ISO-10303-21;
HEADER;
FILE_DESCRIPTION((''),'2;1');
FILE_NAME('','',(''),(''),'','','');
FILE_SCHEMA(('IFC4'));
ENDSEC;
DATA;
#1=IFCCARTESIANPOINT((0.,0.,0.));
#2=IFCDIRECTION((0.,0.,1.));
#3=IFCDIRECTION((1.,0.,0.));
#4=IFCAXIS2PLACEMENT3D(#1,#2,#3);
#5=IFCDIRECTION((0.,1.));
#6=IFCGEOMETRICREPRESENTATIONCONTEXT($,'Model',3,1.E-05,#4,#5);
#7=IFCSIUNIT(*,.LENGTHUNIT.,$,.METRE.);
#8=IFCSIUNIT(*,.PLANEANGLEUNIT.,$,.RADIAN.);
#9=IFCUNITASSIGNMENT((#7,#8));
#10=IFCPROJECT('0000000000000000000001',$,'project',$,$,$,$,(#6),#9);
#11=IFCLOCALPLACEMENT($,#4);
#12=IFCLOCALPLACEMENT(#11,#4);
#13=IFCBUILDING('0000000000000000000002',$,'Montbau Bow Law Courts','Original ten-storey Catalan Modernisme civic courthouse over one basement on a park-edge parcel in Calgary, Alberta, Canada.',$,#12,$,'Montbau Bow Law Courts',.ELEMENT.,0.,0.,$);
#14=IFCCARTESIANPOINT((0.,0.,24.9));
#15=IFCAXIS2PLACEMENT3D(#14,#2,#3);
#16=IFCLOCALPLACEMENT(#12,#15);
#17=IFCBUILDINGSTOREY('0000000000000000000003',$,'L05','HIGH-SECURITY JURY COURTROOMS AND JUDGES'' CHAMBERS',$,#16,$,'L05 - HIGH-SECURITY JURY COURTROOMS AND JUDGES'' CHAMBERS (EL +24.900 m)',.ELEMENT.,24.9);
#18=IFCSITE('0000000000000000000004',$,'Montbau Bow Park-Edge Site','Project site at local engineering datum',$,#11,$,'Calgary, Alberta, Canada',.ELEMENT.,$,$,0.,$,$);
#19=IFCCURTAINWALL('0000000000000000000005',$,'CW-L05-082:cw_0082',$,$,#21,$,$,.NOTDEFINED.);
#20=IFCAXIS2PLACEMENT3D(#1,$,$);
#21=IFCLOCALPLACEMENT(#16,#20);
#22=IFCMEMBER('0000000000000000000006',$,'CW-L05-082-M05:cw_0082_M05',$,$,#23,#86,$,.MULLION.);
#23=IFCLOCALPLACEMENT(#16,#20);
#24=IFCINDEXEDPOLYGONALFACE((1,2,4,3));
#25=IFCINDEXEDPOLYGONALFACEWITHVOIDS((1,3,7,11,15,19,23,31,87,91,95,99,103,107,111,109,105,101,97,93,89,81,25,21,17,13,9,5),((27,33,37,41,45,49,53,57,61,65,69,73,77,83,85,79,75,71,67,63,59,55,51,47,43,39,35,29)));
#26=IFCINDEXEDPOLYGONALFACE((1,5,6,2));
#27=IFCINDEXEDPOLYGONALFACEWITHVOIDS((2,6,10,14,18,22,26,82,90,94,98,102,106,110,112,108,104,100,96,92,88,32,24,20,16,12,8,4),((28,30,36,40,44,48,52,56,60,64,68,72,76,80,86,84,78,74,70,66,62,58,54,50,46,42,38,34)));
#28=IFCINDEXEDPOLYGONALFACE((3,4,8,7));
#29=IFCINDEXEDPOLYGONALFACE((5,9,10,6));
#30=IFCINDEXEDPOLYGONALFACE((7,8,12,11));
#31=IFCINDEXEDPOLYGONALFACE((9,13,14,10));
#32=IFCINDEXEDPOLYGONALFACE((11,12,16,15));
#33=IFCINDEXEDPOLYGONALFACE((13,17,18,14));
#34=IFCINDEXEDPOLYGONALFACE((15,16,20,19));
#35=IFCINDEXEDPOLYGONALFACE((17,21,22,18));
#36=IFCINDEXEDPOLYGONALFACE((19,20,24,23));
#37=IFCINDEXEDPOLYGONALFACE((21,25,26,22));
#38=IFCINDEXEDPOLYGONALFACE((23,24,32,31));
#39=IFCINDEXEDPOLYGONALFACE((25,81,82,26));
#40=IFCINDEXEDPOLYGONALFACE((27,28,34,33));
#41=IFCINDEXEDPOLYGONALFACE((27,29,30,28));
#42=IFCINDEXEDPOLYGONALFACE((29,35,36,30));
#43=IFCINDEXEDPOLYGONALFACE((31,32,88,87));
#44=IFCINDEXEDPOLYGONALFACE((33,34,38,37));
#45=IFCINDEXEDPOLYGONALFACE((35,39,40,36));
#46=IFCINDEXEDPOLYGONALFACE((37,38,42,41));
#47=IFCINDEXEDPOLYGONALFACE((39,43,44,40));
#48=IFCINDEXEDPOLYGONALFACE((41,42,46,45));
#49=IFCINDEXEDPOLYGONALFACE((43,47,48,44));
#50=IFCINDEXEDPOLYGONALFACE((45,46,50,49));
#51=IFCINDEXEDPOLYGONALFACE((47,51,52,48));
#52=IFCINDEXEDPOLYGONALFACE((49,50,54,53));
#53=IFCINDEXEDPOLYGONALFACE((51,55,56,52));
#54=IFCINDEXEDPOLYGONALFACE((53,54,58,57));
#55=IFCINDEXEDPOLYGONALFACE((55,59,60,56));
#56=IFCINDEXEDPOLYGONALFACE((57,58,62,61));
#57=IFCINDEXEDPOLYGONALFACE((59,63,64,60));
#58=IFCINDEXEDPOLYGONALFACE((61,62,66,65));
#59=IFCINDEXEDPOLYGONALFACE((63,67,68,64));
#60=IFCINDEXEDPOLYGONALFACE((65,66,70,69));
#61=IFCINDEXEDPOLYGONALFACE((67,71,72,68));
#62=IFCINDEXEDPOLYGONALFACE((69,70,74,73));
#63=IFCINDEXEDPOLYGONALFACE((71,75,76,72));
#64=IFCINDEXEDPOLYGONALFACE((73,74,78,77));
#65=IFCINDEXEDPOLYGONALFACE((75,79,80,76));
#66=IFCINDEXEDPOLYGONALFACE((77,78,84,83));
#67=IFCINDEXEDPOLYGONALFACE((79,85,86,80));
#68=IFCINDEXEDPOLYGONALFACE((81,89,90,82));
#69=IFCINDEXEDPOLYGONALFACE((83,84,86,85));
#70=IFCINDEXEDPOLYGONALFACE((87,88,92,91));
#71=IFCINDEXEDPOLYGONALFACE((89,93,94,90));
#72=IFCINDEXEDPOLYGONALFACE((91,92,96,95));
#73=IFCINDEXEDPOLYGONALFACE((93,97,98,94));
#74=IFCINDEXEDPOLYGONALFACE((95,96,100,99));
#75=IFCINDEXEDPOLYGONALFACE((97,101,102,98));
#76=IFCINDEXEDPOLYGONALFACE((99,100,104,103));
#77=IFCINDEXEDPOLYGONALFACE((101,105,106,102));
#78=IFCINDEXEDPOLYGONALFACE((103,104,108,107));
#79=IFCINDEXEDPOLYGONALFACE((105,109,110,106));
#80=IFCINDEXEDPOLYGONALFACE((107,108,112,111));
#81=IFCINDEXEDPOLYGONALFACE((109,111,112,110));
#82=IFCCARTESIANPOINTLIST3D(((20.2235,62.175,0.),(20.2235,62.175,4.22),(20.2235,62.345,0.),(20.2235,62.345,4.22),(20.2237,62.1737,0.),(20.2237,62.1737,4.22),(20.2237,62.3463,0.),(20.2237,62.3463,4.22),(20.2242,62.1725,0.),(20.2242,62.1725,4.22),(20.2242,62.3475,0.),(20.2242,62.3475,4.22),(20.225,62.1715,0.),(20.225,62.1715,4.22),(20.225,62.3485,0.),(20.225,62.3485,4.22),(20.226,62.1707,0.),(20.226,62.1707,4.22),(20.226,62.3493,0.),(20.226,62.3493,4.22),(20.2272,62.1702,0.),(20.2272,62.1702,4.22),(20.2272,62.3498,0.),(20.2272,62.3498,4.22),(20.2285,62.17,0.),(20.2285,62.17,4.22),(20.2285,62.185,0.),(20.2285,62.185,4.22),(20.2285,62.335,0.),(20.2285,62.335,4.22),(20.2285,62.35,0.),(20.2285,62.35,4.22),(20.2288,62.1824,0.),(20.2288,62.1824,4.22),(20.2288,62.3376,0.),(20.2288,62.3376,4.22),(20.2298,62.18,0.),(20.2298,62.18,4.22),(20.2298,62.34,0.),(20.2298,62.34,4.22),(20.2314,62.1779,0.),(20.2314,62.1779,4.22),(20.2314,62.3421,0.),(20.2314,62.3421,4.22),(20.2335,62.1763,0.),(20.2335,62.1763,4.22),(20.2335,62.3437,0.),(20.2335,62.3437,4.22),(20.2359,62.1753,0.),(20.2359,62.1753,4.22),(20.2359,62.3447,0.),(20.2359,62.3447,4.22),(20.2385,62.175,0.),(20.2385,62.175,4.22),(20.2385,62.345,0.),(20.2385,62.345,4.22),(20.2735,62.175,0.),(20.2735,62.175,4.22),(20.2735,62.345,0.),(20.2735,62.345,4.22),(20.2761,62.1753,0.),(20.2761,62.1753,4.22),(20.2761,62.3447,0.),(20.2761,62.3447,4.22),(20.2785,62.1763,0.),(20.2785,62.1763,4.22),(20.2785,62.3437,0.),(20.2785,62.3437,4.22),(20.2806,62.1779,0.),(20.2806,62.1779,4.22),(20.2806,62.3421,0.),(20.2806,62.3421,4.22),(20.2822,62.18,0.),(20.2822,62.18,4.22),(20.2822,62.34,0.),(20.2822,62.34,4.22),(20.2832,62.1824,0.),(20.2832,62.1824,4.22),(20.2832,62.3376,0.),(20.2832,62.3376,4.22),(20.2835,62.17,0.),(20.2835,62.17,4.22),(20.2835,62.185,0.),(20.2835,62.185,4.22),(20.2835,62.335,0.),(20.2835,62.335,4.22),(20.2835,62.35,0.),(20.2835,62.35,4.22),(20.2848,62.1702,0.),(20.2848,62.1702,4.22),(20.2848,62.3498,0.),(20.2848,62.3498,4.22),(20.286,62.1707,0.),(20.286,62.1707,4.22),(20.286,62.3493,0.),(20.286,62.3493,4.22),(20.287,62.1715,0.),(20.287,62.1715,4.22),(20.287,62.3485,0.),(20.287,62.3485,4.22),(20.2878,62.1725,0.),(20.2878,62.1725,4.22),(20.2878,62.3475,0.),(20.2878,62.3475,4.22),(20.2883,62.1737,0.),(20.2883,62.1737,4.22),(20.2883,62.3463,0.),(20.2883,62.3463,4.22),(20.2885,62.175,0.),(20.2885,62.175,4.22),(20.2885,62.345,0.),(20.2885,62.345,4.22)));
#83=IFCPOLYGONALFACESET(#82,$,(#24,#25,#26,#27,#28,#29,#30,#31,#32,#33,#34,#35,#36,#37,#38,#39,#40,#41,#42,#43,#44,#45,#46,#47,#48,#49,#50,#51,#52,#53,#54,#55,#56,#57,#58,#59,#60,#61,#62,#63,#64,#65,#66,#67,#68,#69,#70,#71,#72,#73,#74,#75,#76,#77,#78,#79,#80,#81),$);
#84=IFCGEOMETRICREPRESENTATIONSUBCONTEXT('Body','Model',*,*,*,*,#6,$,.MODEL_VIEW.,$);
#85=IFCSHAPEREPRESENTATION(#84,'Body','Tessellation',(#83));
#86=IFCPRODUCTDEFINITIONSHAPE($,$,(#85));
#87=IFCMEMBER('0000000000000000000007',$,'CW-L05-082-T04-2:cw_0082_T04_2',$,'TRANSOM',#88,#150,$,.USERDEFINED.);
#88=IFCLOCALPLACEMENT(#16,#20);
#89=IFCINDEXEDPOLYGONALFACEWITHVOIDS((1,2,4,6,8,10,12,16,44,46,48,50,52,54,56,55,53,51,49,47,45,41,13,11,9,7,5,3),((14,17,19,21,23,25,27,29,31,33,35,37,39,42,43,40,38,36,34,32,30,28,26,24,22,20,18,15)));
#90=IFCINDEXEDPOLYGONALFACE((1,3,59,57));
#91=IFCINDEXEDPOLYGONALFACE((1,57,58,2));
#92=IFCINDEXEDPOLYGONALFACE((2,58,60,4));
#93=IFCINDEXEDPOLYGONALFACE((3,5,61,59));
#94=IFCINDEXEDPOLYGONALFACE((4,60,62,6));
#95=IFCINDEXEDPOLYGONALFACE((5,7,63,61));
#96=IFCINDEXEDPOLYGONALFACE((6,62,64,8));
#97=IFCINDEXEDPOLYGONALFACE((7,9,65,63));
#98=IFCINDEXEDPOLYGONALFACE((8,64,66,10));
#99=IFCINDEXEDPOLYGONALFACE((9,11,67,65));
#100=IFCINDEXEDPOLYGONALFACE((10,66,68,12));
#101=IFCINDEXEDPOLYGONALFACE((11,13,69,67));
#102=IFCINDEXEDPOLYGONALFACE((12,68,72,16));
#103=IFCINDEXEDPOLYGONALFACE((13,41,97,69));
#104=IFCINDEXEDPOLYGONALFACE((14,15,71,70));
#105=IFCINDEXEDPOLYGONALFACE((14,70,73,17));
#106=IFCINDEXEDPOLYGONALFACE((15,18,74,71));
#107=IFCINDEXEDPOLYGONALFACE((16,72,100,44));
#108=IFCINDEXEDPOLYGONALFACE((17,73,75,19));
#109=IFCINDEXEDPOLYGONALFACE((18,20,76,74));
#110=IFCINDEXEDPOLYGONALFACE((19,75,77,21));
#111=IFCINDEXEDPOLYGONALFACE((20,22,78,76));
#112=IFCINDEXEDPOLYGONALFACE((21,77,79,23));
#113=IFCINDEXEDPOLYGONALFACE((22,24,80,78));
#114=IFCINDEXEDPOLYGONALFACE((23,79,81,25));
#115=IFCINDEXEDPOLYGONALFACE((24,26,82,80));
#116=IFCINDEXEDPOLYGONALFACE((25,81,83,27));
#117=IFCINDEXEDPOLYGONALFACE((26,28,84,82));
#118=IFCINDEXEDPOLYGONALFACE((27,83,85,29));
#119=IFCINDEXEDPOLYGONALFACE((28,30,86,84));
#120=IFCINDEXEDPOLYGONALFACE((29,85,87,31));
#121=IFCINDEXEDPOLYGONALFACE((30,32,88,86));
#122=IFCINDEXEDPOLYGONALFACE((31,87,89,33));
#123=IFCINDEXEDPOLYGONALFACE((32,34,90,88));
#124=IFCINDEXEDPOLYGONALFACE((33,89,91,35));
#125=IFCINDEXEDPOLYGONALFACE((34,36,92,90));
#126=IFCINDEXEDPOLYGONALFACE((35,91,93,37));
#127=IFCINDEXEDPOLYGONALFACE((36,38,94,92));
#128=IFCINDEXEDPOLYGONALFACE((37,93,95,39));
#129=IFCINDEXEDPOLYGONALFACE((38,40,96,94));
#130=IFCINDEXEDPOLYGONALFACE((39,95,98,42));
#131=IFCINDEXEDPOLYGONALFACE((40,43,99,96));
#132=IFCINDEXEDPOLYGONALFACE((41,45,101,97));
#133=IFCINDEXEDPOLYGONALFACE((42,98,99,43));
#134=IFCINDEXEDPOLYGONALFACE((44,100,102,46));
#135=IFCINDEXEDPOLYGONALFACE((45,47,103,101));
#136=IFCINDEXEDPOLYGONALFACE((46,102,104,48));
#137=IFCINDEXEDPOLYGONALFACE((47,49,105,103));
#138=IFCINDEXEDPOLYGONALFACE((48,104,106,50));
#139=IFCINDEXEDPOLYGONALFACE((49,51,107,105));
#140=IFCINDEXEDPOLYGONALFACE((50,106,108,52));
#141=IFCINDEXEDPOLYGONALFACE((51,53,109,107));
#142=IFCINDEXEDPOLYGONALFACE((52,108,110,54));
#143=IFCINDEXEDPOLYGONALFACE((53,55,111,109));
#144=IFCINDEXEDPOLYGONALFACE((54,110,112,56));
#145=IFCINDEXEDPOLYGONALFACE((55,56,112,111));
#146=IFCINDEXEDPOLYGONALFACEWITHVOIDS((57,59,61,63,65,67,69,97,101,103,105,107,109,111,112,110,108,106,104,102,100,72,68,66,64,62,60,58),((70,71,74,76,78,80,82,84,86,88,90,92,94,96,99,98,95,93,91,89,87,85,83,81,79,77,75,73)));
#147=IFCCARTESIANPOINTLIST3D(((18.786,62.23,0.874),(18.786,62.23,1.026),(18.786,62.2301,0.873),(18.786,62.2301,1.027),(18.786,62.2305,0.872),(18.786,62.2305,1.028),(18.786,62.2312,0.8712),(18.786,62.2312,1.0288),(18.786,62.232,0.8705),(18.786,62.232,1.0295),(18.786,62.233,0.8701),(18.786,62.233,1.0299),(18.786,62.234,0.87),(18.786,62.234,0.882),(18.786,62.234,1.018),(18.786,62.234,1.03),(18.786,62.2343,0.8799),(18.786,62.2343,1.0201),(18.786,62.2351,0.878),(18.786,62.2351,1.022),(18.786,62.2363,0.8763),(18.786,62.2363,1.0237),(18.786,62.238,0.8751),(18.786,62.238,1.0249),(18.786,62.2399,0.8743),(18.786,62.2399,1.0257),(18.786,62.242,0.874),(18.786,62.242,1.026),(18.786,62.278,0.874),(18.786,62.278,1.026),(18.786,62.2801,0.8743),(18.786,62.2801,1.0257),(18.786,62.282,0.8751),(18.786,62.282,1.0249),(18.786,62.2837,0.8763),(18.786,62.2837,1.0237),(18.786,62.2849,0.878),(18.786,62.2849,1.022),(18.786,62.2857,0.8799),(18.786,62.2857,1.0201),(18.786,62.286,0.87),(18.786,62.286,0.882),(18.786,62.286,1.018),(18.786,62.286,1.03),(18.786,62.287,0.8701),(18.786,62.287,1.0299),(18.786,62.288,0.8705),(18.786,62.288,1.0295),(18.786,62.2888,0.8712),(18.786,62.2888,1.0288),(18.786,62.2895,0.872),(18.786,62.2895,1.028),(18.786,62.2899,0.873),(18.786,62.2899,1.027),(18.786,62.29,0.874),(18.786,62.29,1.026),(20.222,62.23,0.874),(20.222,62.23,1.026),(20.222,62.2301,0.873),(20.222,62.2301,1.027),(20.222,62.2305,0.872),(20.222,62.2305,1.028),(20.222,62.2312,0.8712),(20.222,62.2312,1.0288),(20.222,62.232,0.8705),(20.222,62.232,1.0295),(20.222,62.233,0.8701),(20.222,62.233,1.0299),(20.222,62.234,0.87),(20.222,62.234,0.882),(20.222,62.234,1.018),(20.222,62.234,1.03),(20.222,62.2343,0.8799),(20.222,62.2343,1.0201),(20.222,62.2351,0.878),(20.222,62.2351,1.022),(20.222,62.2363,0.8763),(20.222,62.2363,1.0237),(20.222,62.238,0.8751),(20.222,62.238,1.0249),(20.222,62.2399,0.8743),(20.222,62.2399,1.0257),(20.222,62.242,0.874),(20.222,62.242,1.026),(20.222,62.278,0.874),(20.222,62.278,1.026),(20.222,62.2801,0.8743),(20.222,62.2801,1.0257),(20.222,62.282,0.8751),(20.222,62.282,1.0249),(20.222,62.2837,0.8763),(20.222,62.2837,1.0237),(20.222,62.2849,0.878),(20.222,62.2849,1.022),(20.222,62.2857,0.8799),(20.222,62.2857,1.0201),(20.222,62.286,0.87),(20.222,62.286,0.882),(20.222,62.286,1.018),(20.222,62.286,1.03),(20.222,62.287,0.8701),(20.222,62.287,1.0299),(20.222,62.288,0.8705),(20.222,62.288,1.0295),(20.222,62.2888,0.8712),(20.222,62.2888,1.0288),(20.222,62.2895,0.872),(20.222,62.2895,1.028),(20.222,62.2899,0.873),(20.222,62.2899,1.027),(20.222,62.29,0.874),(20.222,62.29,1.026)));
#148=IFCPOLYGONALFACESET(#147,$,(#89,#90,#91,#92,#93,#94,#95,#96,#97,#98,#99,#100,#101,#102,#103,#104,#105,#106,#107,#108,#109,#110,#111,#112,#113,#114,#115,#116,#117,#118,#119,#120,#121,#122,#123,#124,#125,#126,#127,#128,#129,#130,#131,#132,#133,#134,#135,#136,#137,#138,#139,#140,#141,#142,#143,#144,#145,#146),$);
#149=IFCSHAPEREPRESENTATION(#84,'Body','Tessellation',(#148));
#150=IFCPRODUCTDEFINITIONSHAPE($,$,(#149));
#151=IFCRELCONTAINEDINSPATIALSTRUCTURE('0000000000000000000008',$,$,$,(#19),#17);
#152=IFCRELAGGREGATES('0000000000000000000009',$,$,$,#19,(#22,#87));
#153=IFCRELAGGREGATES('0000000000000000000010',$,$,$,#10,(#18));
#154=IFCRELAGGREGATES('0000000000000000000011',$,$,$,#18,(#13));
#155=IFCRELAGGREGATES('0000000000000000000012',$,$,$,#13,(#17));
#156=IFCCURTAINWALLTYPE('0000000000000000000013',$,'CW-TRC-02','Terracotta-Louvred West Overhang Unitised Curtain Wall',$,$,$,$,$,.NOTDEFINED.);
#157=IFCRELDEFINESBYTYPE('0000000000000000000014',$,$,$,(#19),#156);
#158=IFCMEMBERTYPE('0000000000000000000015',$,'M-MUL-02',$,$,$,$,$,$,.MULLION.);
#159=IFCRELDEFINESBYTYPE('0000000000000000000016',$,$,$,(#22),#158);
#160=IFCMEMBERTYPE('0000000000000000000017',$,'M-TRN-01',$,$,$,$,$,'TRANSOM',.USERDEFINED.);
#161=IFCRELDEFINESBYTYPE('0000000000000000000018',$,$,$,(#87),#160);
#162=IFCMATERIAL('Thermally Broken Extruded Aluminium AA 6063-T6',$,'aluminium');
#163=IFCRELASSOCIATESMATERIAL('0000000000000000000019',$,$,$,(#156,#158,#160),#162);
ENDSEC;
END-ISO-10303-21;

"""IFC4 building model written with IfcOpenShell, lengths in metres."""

from ifc_helpers import new_model, si_unit, direction, frame, origin_with_axes, origin_2d_with_axis, place, context, subcontext, project, spatial, hollow_rectangle, extrude, material, material_profile, profile_set, type_object, element, aggregate, save


model = new_model("IFC4")

# Units and contexts
model_context = context("Model", 3, precision=1e-05, world=origin_with_axes(), true_north=direction((0.0, 1.0)))
body_context = subcontext(model_context, "Body", "Model", "MODEL_VIEW")
ifc_project = project(units=[si_unit("LENGTHUNIT", "METRE"), si_unit("PLANEANGLEUNIT", "RADIAN")], contexts=[model_context])

# Site, building, storey
site_placement = place(None, origin_with_axes())
site = spatial("IfcSite", under=ifc_project, at=site_placement, Name="Montbau Bow Park-Edge Site", Description="Project site at local engineering datum", LongName="Calgary, Alberta, Canada", CompositionType="ELEMENT", RefElevation=0.0)
building_placement = place(site_placement, origin_with_axes())
building = spatial("IfcBuilding", under=site, at=building_placement, Name="Montbau Bow Law Courts", Description="Original ten-storey Catalan Modernisme civic courthouse over one basement on a park-edge parcel in Calgary, Alberta, Canada.", LongName="Montbau Bow Law Courts", CompositionType="ELEMENT", ElevationOfRefHeight=0.0, ElevationOfTerrain=0.0)
storey_placement = place(building_placement, frame((0.0, 0.0, 24.9), z_axis=(0.0, 0.0, 1.0), x_axis=(1.0, 0.0, 0.0)))
storey = spatial("IfcBuildingStorey", under=building, at=storey_placement, Name="L05", Description="HIGH-SECURITY JURY COURTROOMS AND JUDGES' CHAMBERS", LongName="L05 - HIGH-SECURITY JURY COURTROOMS AND JUDGES' CHAMBERS (EL +24.900 m)", CompositionType="ELEMENT", Elevation=24.9)

# Curtain wall, members
ifc_material_1 = material(Name="Thermally Broken Extruded Aluminium AA 6063-T6", Category="aluminium")
curtain_wall_type = type_object("IfcCurtainWallType", Name="CW-TRC-02", Description="Terracotta-Louvred West Overhang Unitised Curtain Wall", PredefinedType="NOTDEFINED", material=ifc_material_1)
curtain_wall_placement = place(None, frame((14.24, 62.26, 24.9), z_axis=(0.0, 0.0, 1.0), x_axis=(1.0, 0.0, 0.0)))
curtain_wall = element("IfcCurtainWall", 1, at=curtain_wall_placement, inside=storey, type_object=curtain_wall_type, Name="CW-L05-082:cw_0082", PredefinedType="NOTDEFINED")
ifc_material_profile_1 = material_profile(ifc_material_1, hollow_rectangle(XDim=0.065, YDim=0.18, WallThickness=0.005, InnerFilletRadius=0.01, OuterFilletRadius=0.005, at=origin_2d_with_axis()), Name="CWM-180X65", Category="Main", Priority=0)
ifc_profile_set_1 = profile_set([ifc_material_profile_1], Name="Thermally Broken Extruded Aluminium AA 6063-T6")
member_type_1 = type_object("IfcMemberType", Name="M-MUL-02", PredefinedType="MULLION", material=ifc_profile_set_1)
member_1_placement = place(None, frame((20.256, 62.26, 24.9), z_axis=(0.0, 0.0, 1.0), x_axis=(1.0, 0.0, 0.0)))
member_1 = element("IfcMember", 2, at=member_1_placement, type_object=member_type_1, Name="CW-L05-082-M05:cw_0082_M05", PredefinedType="MULLION", context=body_context, shape_type="SweptSolid", body=[
    extrude(hollow_rectangle(XDim=0.065, YDim=0.18, WallThickness=0.005, InnerFilletRadius=0.01, OuterFilletRadius=0.005, at=origin_2d_with_axis()), origin_with_axes(), (0.0, 0.0, 1.0), 4.22),
])
ifc_material_profile_2 = material_profile(ifc_material_1, hollow_rectangle(XDim=0.06, YDim=0.16, WallThickness=0.004, InnerFilletRadius=0.008, OuterFilletRadius=0.004, at=origin_2d_with_axis()), Name="CWT-160X60", Category="Main", Priority=0)
ifc_profile_set_2 = profile_set([ifc_material_profile_2], Name="Thermally Broken Extruded Aluminium AA 6063-T6")
member_type_2 = type_object("IfcMemberType", Name="M-TRN-01", ElementType="TRANSOM", PredefinedType="USERDEFINED", material=ifc_profile_set_2)
member_2_placement = place(None, frame((18.786, 62.26, 25.85), z_axis=(1.0, 0.0, 0.0), x_axis=(0.0, 1.0, 0.0)))
member_2 = element("IfcMember", 3, at=member_2_placement, type_object=member_type_2, Name="CW-L05-082-T04-2:cw_0082_T04_2", ObjectType="TRANSOM", PredefinedType="USERDEFINED", context=body_context, shape_type="SweptSolid", body=[
    extrude(hollow_rectangle(XDim=0.06, YDim=0.16, WallThickness=0.004, InnerFilletRadius=0.008, OuterFilletRadius=0.004, at=origin_2d_with_axis()), origin_with_axes(), (0.0, 0.0, 1.0), 1.436),
])
aggregate(curtain_wall, [member_1, member_2])

save(model, "model.ifc")
